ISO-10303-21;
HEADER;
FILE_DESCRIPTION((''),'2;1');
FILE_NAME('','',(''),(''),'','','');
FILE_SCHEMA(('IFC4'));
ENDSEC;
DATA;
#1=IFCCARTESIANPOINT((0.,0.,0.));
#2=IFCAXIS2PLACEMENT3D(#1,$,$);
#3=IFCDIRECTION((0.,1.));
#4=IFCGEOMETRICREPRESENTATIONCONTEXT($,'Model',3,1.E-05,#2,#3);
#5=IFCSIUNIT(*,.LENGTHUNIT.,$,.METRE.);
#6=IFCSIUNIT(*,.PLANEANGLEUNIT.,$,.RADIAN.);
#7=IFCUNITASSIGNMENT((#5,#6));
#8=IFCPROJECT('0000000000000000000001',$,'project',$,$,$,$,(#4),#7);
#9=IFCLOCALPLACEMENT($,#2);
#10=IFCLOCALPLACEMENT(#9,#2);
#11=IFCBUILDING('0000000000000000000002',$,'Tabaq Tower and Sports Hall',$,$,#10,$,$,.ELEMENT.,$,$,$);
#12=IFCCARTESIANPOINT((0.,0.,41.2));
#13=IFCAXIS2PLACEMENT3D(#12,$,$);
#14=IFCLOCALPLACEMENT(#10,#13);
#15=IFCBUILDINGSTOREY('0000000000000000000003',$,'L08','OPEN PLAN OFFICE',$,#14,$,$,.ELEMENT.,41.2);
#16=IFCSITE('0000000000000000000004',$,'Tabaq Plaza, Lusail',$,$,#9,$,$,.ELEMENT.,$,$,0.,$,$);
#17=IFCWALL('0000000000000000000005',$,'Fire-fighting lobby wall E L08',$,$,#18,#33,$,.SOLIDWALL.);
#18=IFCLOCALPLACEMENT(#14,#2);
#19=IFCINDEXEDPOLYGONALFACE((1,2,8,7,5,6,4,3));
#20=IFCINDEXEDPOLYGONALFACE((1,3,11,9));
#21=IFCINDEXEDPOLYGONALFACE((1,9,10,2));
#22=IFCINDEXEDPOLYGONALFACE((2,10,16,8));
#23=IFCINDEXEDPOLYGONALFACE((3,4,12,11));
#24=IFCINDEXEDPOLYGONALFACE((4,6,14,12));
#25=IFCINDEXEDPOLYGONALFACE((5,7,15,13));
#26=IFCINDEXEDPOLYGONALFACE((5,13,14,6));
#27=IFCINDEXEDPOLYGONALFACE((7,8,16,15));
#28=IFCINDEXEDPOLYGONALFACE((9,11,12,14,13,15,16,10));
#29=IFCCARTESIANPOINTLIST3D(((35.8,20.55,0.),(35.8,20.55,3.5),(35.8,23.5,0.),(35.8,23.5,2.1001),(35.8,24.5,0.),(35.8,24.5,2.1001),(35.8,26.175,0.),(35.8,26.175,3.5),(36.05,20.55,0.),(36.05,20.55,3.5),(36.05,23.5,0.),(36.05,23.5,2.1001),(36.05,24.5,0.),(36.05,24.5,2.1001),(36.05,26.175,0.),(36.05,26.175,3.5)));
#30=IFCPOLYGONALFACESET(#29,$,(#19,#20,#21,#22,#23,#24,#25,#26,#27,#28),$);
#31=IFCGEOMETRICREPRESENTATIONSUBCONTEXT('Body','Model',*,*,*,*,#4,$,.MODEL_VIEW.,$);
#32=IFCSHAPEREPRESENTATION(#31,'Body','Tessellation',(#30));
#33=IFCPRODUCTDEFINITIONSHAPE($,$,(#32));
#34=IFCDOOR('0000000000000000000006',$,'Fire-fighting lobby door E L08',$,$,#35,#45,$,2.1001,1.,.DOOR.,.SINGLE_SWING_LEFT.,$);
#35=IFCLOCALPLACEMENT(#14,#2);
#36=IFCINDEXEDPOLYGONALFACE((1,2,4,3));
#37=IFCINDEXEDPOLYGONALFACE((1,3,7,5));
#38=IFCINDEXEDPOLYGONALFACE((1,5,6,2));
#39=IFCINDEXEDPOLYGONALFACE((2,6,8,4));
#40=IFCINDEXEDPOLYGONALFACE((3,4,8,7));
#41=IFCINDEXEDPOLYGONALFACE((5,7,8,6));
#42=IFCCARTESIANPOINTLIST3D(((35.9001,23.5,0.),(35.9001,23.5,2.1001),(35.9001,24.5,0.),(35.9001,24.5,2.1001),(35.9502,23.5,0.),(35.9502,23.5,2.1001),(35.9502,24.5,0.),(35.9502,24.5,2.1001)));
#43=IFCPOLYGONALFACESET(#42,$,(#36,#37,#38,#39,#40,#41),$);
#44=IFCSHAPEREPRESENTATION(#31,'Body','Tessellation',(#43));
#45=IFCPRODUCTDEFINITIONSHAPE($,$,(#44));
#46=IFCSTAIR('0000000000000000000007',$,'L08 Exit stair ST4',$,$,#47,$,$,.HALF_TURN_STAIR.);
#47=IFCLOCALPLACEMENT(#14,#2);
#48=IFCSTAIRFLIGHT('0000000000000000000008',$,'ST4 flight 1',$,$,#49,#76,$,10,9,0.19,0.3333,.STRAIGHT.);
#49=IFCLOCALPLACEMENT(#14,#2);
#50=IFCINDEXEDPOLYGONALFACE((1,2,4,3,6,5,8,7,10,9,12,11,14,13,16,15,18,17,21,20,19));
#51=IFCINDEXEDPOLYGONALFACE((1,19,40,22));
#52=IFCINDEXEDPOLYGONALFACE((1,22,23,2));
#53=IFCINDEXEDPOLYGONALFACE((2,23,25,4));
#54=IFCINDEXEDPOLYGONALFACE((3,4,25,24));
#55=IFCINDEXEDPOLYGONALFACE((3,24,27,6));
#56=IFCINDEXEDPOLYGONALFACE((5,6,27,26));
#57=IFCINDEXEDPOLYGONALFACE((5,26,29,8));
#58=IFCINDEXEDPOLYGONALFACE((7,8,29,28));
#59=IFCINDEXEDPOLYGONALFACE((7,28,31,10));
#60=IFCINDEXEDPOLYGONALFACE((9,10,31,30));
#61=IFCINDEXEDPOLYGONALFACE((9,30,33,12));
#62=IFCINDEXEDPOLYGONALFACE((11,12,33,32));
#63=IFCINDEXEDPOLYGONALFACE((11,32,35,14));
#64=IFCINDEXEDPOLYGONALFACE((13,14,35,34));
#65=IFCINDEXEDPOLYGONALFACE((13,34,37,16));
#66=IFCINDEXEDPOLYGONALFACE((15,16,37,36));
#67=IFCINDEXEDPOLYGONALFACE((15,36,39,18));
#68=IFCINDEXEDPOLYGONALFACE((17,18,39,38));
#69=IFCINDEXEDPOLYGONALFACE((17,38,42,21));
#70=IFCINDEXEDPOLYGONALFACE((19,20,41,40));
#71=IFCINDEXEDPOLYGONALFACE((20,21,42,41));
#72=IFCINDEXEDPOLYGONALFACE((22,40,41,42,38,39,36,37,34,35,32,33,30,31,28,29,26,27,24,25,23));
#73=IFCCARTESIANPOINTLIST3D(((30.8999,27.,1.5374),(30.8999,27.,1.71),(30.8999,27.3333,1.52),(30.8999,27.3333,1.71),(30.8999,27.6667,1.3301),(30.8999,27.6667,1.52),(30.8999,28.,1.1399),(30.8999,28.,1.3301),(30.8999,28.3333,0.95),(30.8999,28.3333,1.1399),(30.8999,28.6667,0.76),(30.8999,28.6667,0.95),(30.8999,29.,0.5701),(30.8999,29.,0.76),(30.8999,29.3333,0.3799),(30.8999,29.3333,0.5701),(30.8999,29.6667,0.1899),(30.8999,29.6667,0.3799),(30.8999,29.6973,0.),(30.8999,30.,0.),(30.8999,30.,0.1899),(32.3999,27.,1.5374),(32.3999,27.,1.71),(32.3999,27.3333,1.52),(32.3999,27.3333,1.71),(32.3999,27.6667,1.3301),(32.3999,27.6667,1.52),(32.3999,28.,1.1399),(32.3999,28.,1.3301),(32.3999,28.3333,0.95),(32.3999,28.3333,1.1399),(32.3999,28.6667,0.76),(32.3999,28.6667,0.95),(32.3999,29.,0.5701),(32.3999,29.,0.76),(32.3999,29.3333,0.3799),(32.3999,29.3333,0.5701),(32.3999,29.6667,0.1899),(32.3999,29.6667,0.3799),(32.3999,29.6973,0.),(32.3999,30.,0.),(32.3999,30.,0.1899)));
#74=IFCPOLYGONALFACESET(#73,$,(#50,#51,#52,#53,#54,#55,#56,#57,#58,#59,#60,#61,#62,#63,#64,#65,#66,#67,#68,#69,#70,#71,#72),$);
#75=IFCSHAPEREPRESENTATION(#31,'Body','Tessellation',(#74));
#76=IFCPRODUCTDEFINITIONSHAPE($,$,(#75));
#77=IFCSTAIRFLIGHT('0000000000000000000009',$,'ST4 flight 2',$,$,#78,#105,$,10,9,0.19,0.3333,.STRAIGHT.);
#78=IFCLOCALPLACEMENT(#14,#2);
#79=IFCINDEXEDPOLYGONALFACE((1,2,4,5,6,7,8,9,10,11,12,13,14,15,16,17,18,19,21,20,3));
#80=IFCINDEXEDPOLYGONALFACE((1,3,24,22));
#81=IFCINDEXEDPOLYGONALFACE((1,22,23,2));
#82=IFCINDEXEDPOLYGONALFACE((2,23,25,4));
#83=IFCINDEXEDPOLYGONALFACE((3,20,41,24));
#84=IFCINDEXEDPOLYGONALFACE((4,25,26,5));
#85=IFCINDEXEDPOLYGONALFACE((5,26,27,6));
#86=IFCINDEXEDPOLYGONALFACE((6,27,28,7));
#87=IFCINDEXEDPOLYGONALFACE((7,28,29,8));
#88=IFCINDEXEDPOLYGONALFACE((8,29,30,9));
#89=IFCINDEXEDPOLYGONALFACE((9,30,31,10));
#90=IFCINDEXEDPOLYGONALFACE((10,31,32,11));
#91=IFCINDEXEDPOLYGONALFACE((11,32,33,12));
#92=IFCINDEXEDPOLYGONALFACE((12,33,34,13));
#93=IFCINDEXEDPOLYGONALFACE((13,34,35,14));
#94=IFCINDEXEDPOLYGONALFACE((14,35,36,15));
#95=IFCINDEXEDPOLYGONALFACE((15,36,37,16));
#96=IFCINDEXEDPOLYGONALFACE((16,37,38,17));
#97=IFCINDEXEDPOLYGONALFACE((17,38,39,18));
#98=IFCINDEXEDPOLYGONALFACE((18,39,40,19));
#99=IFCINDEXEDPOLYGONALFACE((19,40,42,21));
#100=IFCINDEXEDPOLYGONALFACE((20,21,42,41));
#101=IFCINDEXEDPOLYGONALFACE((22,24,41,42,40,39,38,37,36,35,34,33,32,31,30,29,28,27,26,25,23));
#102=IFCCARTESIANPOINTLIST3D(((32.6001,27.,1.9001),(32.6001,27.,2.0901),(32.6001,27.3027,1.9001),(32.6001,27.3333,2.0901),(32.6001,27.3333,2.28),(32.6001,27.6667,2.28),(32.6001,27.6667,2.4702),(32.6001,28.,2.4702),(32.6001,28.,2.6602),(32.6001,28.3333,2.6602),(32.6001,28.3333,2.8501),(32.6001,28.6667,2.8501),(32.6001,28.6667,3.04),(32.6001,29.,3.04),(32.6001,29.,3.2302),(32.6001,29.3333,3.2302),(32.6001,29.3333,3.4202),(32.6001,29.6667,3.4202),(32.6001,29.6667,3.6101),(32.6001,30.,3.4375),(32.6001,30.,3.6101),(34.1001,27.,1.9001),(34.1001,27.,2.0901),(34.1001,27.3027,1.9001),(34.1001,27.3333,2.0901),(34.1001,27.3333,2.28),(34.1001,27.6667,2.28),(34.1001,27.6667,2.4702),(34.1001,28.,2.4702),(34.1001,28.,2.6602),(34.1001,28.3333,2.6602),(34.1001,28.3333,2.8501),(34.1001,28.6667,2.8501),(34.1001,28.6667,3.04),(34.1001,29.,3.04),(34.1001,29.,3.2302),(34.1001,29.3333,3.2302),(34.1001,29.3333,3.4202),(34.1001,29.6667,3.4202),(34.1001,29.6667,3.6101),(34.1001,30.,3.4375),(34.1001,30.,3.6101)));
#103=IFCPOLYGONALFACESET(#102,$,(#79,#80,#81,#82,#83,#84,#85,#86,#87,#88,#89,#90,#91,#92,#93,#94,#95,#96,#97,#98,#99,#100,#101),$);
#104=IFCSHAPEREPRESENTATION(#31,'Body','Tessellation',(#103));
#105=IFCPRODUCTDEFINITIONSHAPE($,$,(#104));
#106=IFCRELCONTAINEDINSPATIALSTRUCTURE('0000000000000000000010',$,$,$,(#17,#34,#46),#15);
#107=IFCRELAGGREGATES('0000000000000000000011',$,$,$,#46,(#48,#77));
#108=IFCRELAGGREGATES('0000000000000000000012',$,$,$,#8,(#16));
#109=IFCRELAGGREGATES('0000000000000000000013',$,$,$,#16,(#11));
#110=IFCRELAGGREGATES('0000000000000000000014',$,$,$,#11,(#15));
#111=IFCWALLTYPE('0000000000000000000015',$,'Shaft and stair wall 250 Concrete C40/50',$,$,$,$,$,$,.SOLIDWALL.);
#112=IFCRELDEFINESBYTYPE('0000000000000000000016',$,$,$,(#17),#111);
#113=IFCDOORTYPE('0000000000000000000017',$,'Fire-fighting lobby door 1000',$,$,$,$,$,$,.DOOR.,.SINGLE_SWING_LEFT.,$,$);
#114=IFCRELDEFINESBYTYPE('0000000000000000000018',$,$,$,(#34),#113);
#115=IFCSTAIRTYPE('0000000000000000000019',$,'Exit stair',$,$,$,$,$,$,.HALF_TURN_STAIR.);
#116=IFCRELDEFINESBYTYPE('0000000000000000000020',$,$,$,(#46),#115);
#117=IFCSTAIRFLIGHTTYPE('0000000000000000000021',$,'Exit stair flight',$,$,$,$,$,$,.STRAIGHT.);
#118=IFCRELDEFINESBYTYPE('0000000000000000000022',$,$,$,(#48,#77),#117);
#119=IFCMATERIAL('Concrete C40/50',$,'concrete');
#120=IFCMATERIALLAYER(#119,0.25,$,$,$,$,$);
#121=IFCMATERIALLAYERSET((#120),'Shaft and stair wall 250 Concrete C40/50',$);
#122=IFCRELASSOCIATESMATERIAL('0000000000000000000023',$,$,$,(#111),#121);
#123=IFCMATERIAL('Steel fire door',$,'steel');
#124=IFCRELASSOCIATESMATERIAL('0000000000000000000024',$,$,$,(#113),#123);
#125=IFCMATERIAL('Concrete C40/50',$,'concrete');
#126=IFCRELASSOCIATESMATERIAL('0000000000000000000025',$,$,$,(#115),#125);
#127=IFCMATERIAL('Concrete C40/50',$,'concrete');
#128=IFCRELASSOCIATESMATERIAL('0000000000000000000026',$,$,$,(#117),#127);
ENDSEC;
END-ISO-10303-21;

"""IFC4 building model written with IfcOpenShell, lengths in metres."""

from ifc_helpers import new_model, si_unit, direction, frame, frame_2d, origin, place, context, subcontext, project, spatial, polyline, rectangle, outline, extrude, material, layer, layer_set, type_object, element, fill, aggregate, save


model = new_model("IFC4")

# Units and contexts
model_context = context("Model", 3, precision=1e-05, world=origin(), true_north=direction((0.0, 1.0)))
body_context = subcontext(model_context, "Body", "Model", "MODEL_VIEW")
ifc_project = project(units=[si_unit("LENGTHUNIT", "METRE"), si_unit("PLANEANGLEUNIT", "RADIAN")], contexts=[model_context])

# Site, building, storey
site_placement = place(None, origin())
site = spatial("IfcSite", under=ifc_project, at=site_placement, Name="Tabaq Plaza, Lusail", CompositionType="ELEMENT", RefElevation=0.0)
building_placement = place(site_placement, origin())
building = spatial("IfcBuilding", under=site, at=building_placement, Name="Tabaq Tower and Sports Hall", CompositionType="ELEMENT")
storey_placement = place(building_placement, frame((0.0, 0.0, 41.2)))
storey = spatial("IfcBuildingStorey", under=building, at=storey_placement, Name="L08", Description="OPEN PLAN OFFICE", CompositionType="ELEMENT", Elevation=41.2)

# Shared definitions
ifc_material_1 = material(Name="Concrete C40/50", Category="concrete")
ifc_layer_1 = layer(ifc_material_1, 0.25)
ifc_layer_set_1 = layer_set([ifc_layer_1], Name="Shaft and stair wall 250 Concrete C40/50")
wall_type_1 = type_object("IfcWallType", Name="Shaft and stair wall 250 Concrete C40/50", PredefinedType="SOLIDWALL", material=ifc_layer_set_1)

# Shared definitions
ifc_material_2 = material(Name="Steel fire door", Category="steel")
door_type_1 = type_object("IfcDoorType", Name="Fire-fighting lobby door 1000", OperationType="SINGLE_SWING_LEFT", PredefinedType="DOOR", material=ifc_material_2)

# Wall, opening, door
wall_1_placement = place(storey_placement, frame((35.925, 20.55, 0.0), z_axis=(0.0, 0.0, 1.0), x_axis=(0.0, 1.0, 0.0)))
wall_1 = element("IfcWall", 1, at=wall_1_placement, inside=storey, type_object=wall_type_1, Name="Fire-fighting lobby wall E L08", PredefinedType="SOLIDWALL", context=body_context, shape_type="SweptSolid", body=[
    extrude(rectangle(XDim=5.625, YDim=0.25, at=frame_2d((2.8125, 0.0))), origin(), (0.0, 0.0, 1.0), 3.5),
])
opening_1_placement = place(wall_1_placement, frame((2.95, 0.0, 0.0)))
opening_1 = element("IfcOpeningElement", 2, at=opening_1_placement, cuts=wall_1, PredefinedType="OPENING", context=body_context, shape_type="SweptSolid", body=[
    extrude(rectangle(XDim=1.0, YDim=2.1001, at=frame_2d((0.5, 1.05))), frame((0.0, 0.125, 0.0), z_axis=(0.0, -1.0, 0.0), x_axis=(1.0, 0.0, 0.0)), (0.0, 0.0, 1.0), 0.25),
])
door_1_placement = place(opening_1_placement, origin())
door_1 = element("IfcDoor", 3, at=door_1_placement, inside=storey, type_object=door_type_1, Name="Fire-fighting lobby door E L08", OperationType="SINGLE_SWING_LEFT", OverallHeight=2.1001, OverallWidth=1.0, PredefinedType="DOOR", context=body_context, shape_type="SweptSolid", body=[
    extrude(rectangle(XDim=1.0, YDim=2.1001, at=frame_2d((0.5, 1.05))), frame((0.0, 0.0249, 0.0), z_axis=(0.0, -1.0, 0.0), x_axis=(1.0, 0.0, 0.0)), (0.0, 0.0, 1.0), 0.05),
])
fill(opening_1, door_1)

# Stair, stair flights
ifc_material_3 = material(Name="Concrete C40/50", Category="concrete")
stair_type = type_object("IfcStairType", Name="Exit stair", PredefinedType="HALF_TURN_STAIR", material=ifc_material_3)
stair_placement = place(storey_placement, origin())
stair = element("IfcStair", 4, at=stair_placement, inside=storey, type_object=stair_type, Name="L08 Exit stair ST4", PredefinedType="HALF_TURN_STAIR")
ifc_material_4 = material(Name="Concrete C40/50", Category="concrete")
stair_flight_type = type_object("IfcStairFlightType", Name="Exit stair flight", PredefinedType="STRAIGHT", material=ifc_material_4)
stair_flight_1_placement = place(storey_placement, frame((31.6499, 30.0, 0.0), z_axis=(0.0, 0.0, 1.0), x_axis=(0.0, -1.0, 0.0)))
stair_flight_1 = element("IfcStairFlight", 5, at=stair_flight_1_placement, type_object=stair_flight_type, Name="ST4 flight 1", NumberOfRisers=10, NumberOfTreads=9, PredefinedType="STRAIGHT", RiserHeight=0.19, TreadLength=0.3333, context=body_context, shape_type="SweptSolid", body=[
    extrude(outline(polyline([(0.0, 0.0), (0.0, 0.1899), (0.3333, 0.1899), (0.3333, 0.3799), (0.6667, 0.3799), (0.6667, 0.5701), (1.0, 0.5701), (1.0, 0.76), (1.3333, 0.76), (1.3333, 0.95), (1.6667, 0.95), (1.6667, 1.1399), (2.0, 1.1399), (2.0, 1.3301), (2.3333, 1.3301), (2.3333, 1.52), (2.6667, 1.52), (2.6667, 1.71), (3.0, 1.71), (3.0, 1.8999), (3.0, 1.5374), (0.3027, 0.0), (0.0, 0.0)])), frame((0.0, 0.75, 0.0), z_axis=(0.0, -1.0, 0.0), x_axis=(1.0, 0.0, 0.0)), (0.0, 0.0, 1.0), 1.5),
])
stair_flight_2_placement = place(storey_placement, frame((33.3501, 27.0, 1.9001), z_axis=(0.0, 0.0, 1.0), x_axis=(0.0, 1.0, 0.0)))
stair_flight_2 = element("IfcStairFlight", 6, at=stair_flight_2_placement, type_object=stair_flight_type, Name="ST4 flight 2", NumberOfRisers=10, NumberOfTreads=9, PredefinedType="STRAIGHT", RiserHeight=0.19, TreadLength=0.3333, context=body_context, shape_type="SweptSolid", body=[
    extrude(outline(polyline([(0.0, 0.0), (0.0, 0.1899), (0.3333, 0.1899), (0.3333, 0.3799), (0.6667, 0.3799), (0.6667, 0.5701), (1.0, 0.5701), (1.0, 0.76), (1.3333, 0.76), (1.3333, 0.95), (1.6667, 0.95), (1.6667, 1.1399), (2.0, 1.1399), (2.0, 1.3301), (2.3333, 1.3301), (2.3333, 1.52), (2.6667, 1.52), (2.6667, 1.71), (3.0, 1.71), (3.0, 1.8999), (3.0, 1.5374), (0.3027, 0.0), (0.0, 0.0)])), frame((0.0, 0.75, 0.0), z_axis=(0.0, -1.0, 0.0), x_axis=(1.0, 0.0, 0.0)), (0.0, 0.0, 1.0), 1.5),
])
aggregate(stair, [stair_flight_1, stair_flight_2])

save(model, "model.ifc")
